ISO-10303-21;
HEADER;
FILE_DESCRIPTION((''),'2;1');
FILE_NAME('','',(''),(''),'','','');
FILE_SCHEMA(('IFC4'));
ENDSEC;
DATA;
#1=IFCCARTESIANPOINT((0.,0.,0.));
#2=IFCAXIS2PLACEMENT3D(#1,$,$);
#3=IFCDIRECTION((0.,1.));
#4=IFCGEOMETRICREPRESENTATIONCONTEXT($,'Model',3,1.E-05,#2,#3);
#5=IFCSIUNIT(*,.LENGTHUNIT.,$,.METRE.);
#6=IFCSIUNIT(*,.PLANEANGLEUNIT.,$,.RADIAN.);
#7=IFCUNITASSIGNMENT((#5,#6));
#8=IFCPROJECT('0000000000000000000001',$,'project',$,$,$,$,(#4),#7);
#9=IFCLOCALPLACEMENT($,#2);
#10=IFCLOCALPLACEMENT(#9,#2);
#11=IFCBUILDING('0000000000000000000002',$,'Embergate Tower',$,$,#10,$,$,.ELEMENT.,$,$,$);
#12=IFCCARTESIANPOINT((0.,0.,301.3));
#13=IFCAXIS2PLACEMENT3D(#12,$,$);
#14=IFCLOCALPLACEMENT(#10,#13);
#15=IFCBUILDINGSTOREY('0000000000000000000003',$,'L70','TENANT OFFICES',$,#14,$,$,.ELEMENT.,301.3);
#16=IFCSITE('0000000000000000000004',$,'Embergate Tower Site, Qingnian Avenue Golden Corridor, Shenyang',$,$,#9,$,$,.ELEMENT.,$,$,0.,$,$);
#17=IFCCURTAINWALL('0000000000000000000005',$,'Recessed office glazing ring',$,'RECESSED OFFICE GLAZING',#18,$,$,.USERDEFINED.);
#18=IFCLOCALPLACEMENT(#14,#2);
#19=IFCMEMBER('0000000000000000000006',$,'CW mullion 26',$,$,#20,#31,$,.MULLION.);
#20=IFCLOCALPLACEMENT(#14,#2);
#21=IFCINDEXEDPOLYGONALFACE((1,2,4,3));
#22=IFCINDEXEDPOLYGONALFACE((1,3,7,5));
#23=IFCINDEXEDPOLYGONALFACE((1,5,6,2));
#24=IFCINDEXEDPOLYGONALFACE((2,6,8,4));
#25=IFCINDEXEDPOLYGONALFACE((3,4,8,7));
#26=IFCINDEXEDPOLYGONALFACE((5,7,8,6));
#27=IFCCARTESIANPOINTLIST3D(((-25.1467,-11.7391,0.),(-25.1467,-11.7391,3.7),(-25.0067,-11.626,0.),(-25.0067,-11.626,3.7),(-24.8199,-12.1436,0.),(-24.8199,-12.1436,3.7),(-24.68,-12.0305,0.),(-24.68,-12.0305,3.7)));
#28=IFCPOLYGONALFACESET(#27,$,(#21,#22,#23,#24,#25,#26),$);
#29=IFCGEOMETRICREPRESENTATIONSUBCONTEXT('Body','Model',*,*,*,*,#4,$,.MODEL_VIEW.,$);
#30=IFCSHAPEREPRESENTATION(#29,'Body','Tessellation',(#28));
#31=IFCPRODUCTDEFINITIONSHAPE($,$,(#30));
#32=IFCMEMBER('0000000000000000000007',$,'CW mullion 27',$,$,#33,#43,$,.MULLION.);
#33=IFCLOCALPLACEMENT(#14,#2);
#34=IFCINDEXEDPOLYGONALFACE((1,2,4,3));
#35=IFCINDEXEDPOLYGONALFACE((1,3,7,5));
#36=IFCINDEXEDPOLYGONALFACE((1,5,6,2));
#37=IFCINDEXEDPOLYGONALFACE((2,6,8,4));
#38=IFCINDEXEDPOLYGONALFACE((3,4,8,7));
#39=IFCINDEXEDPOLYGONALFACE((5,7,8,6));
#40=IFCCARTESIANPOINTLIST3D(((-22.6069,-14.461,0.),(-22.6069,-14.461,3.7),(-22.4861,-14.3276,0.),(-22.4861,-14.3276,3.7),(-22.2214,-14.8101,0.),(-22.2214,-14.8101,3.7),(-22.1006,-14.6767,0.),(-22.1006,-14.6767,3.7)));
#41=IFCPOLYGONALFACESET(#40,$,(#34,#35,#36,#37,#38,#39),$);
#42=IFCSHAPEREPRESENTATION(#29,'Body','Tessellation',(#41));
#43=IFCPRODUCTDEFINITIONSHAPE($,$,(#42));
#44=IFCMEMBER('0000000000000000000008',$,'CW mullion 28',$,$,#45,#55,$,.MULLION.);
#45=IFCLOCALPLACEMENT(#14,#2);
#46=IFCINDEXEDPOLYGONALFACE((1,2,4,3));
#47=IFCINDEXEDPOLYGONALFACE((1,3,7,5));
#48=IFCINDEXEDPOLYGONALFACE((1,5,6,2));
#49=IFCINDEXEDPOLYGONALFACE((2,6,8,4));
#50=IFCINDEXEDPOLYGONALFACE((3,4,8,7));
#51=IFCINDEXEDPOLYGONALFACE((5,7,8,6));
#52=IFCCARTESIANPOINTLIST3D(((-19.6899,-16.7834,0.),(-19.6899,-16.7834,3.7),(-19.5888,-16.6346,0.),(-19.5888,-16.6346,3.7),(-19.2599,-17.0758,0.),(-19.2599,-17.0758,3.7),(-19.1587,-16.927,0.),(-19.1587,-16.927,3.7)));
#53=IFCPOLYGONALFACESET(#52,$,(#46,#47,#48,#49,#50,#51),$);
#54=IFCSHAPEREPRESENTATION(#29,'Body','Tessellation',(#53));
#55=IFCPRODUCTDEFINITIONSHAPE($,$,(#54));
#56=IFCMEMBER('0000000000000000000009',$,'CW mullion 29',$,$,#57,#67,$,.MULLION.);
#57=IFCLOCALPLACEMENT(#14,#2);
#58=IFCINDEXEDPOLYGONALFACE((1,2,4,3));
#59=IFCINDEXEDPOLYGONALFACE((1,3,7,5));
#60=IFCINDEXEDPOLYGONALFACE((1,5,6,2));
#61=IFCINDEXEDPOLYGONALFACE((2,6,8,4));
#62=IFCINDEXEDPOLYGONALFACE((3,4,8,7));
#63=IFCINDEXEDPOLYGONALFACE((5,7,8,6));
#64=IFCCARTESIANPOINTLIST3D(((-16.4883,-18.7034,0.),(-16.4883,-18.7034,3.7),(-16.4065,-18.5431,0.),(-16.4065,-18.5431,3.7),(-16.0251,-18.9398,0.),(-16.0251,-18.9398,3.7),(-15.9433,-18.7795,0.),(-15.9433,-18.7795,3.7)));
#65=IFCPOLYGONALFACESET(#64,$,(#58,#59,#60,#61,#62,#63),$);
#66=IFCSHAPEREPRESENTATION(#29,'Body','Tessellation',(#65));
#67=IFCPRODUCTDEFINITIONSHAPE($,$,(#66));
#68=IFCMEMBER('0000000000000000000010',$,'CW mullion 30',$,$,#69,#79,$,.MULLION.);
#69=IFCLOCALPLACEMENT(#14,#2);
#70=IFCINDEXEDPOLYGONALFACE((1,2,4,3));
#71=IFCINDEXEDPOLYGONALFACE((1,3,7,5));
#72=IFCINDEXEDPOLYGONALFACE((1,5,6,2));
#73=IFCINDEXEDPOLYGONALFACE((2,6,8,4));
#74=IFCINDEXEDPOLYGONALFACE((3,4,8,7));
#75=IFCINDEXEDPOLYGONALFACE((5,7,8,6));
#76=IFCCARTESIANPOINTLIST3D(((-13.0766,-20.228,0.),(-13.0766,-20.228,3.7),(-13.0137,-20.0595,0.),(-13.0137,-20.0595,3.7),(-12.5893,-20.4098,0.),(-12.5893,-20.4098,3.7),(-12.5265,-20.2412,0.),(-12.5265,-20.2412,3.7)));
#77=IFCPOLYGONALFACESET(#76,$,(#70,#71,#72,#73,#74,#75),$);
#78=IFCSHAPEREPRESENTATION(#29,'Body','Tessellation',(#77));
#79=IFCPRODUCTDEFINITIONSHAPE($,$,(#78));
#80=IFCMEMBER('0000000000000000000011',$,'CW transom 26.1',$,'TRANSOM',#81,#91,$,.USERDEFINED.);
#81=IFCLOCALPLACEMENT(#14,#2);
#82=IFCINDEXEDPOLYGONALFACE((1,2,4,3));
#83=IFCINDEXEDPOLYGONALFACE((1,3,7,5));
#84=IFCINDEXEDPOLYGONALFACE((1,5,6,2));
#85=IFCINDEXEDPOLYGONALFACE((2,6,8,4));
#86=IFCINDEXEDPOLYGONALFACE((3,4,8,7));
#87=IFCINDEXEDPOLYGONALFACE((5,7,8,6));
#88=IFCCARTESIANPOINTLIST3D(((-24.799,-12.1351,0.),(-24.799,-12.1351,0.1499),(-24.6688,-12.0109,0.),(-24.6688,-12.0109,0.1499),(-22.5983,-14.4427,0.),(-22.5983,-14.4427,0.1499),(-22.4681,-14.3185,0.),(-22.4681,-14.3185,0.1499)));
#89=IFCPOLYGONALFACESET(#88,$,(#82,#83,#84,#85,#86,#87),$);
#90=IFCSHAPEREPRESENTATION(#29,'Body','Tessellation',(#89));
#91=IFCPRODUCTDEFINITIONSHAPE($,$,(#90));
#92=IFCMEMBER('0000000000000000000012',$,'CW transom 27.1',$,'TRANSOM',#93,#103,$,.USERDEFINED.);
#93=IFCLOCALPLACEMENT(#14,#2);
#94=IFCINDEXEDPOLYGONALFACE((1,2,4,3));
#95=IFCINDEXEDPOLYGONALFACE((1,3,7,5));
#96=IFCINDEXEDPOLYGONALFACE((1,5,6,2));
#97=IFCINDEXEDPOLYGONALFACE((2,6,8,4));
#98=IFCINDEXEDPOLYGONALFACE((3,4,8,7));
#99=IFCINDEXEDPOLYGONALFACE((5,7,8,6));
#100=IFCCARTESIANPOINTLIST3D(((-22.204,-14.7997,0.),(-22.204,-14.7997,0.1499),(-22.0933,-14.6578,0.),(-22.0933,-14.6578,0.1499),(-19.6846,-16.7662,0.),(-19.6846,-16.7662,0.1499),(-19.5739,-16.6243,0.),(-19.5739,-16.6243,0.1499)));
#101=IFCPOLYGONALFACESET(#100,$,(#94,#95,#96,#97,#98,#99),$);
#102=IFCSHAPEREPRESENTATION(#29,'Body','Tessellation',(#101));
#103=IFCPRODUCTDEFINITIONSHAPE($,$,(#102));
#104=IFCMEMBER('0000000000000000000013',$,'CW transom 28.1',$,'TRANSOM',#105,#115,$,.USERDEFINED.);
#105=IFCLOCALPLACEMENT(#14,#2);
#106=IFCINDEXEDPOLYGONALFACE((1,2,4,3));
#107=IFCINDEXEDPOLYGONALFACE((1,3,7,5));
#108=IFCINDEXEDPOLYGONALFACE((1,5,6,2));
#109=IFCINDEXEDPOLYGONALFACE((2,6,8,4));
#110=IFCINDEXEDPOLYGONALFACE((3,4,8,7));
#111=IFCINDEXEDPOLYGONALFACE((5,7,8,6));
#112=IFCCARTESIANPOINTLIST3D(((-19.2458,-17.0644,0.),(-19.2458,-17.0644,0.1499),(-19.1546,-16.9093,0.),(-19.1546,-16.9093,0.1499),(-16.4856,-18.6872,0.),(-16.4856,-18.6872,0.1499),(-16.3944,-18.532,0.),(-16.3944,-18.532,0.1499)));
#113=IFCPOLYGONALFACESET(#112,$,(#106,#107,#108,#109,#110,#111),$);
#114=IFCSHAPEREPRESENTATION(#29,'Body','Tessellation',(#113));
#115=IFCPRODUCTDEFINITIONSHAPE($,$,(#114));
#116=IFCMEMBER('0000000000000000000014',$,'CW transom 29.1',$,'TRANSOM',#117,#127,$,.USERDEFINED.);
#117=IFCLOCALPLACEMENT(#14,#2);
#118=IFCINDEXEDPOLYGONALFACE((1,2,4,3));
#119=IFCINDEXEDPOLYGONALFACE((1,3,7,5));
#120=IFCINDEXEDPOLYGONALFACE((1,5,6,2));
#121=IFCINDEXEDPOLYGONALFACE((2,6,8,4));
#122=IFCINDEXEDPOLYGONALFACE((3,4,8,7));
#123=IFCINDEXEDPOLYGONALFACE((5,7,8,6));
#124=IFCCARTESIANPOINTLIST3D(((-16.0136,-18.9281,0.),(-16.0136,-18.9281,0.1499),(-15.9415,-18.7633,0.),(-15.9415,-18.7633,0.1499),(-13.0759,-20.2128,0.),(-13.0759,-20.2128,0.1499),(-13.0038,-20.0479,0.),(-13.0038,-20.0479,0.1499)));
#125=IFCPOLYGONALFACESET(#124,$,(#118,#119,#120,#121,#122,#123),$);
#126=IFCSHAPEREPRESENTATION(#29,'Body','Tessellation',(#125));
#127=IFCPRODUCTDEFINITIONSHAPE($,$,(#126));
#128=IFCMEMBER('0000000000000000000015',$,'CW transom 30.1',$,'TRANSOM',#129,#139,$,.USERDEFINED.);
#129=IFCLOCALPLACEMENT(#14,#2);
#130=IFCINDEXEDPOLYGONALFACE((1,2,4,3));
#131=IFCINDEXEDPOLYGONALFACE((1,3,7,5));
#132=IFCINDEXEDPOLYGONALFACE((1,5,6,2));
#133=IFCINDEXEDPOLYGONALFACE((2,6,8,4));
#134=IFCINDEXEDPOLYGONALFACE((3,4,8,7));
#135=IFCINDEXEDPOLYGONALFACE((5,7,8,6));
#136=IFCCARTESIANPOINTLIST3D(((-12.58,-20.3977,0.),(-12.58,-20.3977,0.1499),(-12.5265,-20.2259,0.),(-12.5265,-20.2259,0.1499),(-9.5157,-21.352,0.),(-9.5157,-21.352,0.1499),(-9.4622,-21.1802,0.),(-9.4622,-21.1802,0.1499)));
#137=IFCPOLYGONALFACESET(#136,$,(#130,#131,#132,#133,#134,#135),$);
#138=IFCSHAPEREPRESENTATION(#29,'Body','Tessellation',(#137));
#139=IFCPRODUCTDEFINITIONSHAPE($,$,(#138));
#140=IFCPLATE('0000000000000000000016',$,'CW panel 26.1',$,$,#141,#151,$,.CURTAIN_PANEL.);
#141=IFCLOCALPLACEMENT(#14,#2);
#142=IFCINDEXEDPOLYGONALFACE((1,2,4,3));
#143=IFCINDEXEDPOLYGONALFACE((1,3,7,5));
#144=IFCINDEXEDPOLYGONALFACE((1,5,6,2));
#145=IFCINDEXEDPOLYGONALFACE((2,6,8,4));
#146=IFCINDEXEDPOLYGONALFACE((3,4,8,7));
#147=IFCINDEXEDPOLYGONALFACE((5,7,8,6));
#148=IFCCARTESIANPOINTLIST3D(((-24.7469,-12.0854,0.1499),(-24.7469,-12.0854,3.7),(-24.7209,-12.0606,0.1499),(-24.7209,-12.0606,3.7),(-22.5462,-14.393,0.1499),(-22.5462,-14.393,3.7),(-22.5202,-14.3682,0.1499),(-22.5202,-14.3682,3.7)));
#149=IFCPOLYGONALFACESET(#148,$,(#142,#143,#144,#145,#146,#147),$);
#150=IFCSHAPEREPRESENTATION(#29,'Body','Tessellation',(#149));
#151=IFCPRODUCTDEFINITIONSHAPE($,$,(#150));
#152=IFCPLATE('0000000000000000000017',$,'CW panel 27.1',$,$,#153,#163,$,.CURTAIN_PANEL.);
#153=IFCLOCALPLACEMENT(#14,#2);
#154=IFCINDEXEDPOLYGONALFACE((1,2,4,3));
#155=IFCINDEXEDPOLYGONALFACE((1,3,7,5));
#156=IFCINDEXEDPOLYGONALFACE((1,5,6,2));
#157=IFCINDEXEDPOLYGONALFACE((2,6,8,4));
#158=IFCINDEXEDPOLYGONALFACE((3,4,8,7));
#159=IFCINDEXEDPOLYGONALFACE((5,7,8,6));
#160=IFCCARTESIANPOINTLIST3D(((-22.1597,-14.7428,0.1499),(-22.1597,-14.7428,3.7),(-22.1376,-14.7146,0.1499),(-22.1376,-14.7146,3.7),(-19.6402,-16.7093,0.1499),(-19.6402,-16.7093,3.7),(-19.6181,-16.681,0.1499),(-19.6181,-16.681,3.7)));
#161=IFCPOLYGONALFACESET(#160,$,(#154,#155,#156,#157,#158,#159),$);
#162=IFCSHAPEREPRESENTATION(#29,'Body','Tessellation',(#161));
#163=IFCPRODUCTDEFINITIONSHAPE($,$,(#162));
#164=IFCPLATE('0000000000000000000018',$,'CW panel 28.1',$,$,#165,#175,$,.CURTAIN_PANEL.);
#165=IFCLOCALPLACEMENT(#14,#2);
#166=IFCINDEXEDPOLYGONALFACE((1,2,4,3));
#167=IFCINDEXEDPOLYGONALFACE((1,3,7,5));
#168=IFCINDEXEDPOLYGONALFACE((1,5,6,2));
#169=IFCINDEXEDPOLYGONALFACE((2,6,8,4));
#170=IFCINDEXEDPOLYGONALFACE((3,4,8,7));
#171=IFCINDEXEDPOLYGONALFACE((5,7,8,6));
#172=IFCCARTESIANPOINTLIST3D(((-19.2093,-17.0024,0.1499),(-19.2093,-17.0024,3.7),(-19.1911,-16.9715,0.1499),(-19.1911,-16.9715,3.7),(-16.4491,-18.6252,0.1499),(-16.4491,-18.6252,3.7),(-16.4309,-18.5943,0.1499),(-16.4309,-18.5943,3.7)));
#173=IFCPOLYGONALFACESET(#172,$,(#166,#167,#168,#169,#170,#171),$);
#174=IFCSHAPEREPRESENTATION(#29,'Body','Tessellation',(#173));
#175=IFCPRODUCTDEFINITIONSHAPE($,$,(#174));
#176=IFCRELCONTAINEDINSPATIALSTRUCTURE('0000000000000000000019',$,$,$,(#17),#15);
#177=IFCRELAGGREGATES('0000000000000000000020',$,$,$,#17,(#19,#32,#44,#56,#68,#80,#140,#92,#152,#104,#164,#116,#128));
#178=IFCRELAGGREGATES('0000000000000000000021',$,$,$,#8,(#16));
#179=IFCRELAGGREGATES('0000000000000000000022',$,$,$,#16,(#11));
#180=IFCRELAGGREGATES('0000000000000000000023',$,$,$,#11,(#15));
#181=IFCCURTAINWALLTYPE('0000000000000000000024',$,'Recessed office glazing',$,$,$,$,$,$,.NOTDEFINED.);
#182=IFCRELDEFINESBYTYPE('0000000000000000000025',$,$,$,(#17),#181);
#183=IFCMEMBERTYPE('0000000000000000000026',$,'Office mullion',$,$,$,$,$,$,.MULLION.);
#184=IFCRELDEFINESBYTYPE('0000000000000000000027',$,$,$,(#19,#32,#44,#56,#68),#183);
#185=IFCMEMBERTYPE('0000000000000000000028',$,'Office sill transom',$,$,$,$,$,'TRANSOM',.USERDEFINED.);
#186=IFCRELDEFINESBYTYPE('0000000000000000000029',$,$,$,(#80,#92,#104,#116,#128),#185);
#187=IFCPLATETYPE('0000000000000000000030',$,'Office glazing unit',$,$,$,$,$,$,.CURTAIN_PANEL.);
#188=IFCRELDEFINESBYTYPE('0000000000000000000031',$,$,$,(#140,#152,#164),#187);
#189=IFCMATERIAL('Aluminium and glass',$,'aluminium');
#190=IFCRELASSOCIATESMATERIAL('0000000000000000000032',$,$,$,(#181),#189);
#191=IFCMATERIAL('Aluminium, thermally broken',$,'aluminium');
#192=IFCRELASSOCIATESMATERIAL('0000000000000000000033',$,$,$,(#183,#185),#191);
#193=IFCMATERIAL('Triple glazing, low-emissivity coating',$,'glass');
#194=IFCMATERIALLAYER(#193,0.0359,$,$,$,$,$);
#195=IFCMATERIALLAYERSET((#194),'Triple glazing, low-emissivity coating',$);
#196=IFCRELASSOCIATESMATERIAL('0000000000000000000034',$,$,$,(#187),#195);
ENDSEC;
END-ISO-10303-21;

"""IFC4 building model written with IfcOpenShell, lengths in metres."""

from ifc_helpers import new_model, si_unit, direction, frame, origin, origin_2d, place, context, subcontext, project, spatial, rectangle, extrude, source, transform, mapped, material, layer, layer_set, material_profile, profile_set, type_object, element, aggregate, save


model = new_model("IFC4")

# Units and contexts
model_context = context("Model", 3, precision=1e-05, world=origin(), true_north=direction((0.0, 1.0)))
body_context = subcontext(model_context, "Body", "Model", "MODEL_VIEW")
ifc_project = project(units=[si_unit("LENGTHUNIT", "METRE"), si_unit("PLANEANGLEUNIT", "RADIAN")], contexts=[model_context])

# Site, building, storey
site_placement = place(None, origin())
site = spatial("IfcSite", under=ifc_project, at=site_placement, Name="Embergate Tower Site, Qingnian Avenue Golden Corridor, Shenyang", CompositionType="ELEMENT", RefElevation=0.0)
building_placement = place(site_placement, origin())
building = spatial("IfcBuilding", under=site, at=building_placement, Name="Embergate Tower", CompositionType="ELEMENT")
storey_placement = place(building_placement, frame((0.0, 0.0, 301.3)))
storey = spatial("IfcBuildingStorey", under=building, at=storey_placement, Name="L70", Description="TENANT OFFICES", CompositionType="ELEMENT", Elevation=301.3)

# Curtain wall, members, plates
ifc_material_1 = material(Name="Aluminium and glass", Category="aluminium")
curtain_wall_type = type_object("IfcCurtainWallType", Name="Recessed office glazing", PredefinedType="NOTDEFINED", material=ifc_material_1)
curtain_wall_placement = place(storey_placement, origin())
curtain_wall = element("IfcCurtainWall", 1, at=curtain_wall_placement, inside=storey, type_object=curtain_wall_type, Name="Recessed office glazing ring", ObjectType="RECESSED OFFICE GLAZING", PredefinedType="USERDEFINED")
ifc_material_2 = material(Name="Aluminium, thermally broken", Category="aluminium")
ifc_material_profile_1 = material_profile(ifc_material_2, rectangle(XDim=0.1799, YDim=0.52, at=origin_2d()), Name="AL 520x180")
ifc_profile_set_1 = profile_set([ifc_material_profile_1], Name="Aluminium, thermally broken")
member_type_1 = type_object("IfcMemberType", Name="Office mullion", PredefinedType="MULLION", material=ifc_profile_set_1)
shared_shape_1 = source(origin(), body_context, "Body", "SweptSolid", [
    extrude(rectangle(XDim=0.1799, YDim=0.52, at=origin_2d()), origin(), (0.0, 0.0, 1.0), 3.7),
])
member_1_placement = place(storey_placement, frame((-24.9133, -11.8848, 0.0), z_axis=(0.0, 0.0, 1.0), x_axis=(0.777864, 0.628433, 0.0)))
member_1 = element("IfcMember", 2, at=member_1_placement, type_object=member_type_1, Name="CW mullion 26", PredefinedType="MULLION", context=body_context, shape_type="MappedRepresentation", body=[
    mapped(shared_shape_1, transform((0.0, 0.0, 0.0))),
])
member_2_placement = place(storey_placement, frame((-22.3538, -14.5688, 0.0), z_axis=(0.0, 0.0, 1.0), x_axis=(0.67122, 0.741258, 0.0)))
member_2 = element("IfcMember", 3, at=member_2_placement, type_object=member_type_1, Name="CW mullion 27", PredefinedType="MULLION", context=body_context, shape_type="MappedRepresentation", body=[
    mapped(shared_shape_1, transform((0.0, 0.0, 0.0))),
])
member_3_placement = place(storey_placement, frame((-19.4243, -16.8552, 0.0), z_axis=(0.0, 0.0, 1.0), x_axis=(0.562213, 0.826992, 0.0)))
member_3 = element("IfcMember", 4, at=member_3_placement, type_object=member_type_1, Name="CW mullion 28", PredefinedType="MULLION", context=body_context, shape_type="MappedRepresentation", body=[
    mapped(shared_shape_1, transform((0.0, 0.0, 0.0))),
])
member_4_placement = place(storey_placement, frame((-16.2158, -18.7415, 0.0), z_axis=(0.0, 0.0, 1.0), x_axis=(0.454508, 0.890743, 0.0)))
member_4 = element("IfcMember", 5, at=member_4_placement, type_object=member_type_1, Name="CW mullion 29", PredefinedType="MULLION", context=body_context, shape_type="MappedRepresentation", body=[
    mapped(shared_shape_1, transform((0.0, 0.0, 0.0))),
])
member_5_placement = place(storey_placement, frame((-12.8015, -20.2346, 0.0), z_axis=(0.0, 0.0, 1.0), x_axis=(0.349501, 0.936936, 0.0)))
member_5 = element("IfcMember", 6, at=member_5_placement, type_object=member_type_1, Name="CW mullion 30", PredefinedType="MULLION", context=body_context, shape_type="MappedRepresentation", body=[
    mapped(shared_shape_1, transform((0.0, 0.0, 0.0))),
])
ifc_material_profile_2 = material_profile(ifc_material_2, rectangle(XDim=0.1799, YDim=0.1499, at=origin_2d()), Name="AL 150x180")
ifc_profile_set_2 = profile_set([ifc_material_profile_2], Name="Aluminium, thermally broken")
member_type_2 = type_object("IfcMemberType", Name="Office sill transom", ElementType="TRANSOM", PredefinedType="USERDEFINED", material=ifc_profile_set_2)
shared_shape_2 = source(origin(), body_context, "Body", "SweptSolid", [
    extrude(rectangle(XDim=0.1799, YDim=0.1499, at=origin_2d()), origin(), (0.0, 0.0, 1.0), 3.1887),
])
member_6_placement = place(storey_placement, frame((-24.7339, -12.073, 0.075), z_axis=(0.690141, -0.723675, 0.0), x_axis=(0.723675, 0.690141, 0.0)))
member_6 = element("IfcMember", 7, at=member_6_placement, type_object=member_type_2, Name="CW transom 26.1", ObjectType="TRANSOM", PredefinedType="USERDEFINED", context=body_context, shape_type="MappedRepresentation", body=[
    mapped(shared_shape_2, transform((0.0, 0.0, 0.0))),
])
shared_shape_3 = source(origin(), body_context, "Body", "SweptSolid", [
    extrude(rectangle(XDim=0.1799, YDim=0.1499, at=origin_2d()), origin(), (0.0, 0.0, 1.0), 3.196),
])
member_7_placement = place(storey_placement, frame((-22.1487, -14.7288, 0.075), z_axis=(0.788302, -0.615288, 0.0), x_axis=(0.615288, 0.788302, 0.0)))
member_7 = element("IfcMember", 8, at=member_7_placement, type_object=member_type_2, Name="CW transom 27.1", ObjectType="TRANSOM", PredefinedType="USERDEFINED", context=body_context, shape_type="MappedRepresentation", body=[
    mapped(shared_shape_3, transform((0.0, 0.0, 0.0))),
])
shared_shape_4 = source(origin(), body_context, "Body", "SweptSolid", [
    extrude(rectangle(XDim=0.1799, YDim=0.1499, at=origin_2d()), origin(), (0.0, 0.0, 1.0), 3.2019),
])
member_8_placement = place(storey_placement, frame((-19.2002, -16.9868, 0.075), z_axis=(0.862054, -0.506817, 0.0), x_axis=(0.506817, 0.862054, 0.0)))
member_8 = element("IfcMember", 9, at=member_8_placement, type_object=member_type_2, Name="CW transom 28.1", ObjectType="TRANSOM", PredefinedType="USERDEFINED", context=body_context, shape_type="MappedRepresentation", body=[
    mapped(shared_shape_4, transform((0.0, 0.0, 0.0))),
])
shared_shape_5 = source(origin(), body_context, "Body", "SweptSolid", [
    extrude(rectangle(XDim=0.1799, YDim=0.1499, at=origin_2d()), origin(), (0.0, 0.0, 1.0), 3.2063),
])
member_9_placement = place(storey_placement, frame((-15.9775, -18.8457, 0.075), z_axis=(0.916225, -0.400663, 0.0), x_axis=(0.400663, 0.916225, 0.0)))
member_9 = element("IfcMember", 10, at=member_9_placement, type_object=member_type_2, Name="CW transom 29.1", ObjectType="TRANSOM", PredefinedType="USERDEFINED", context=body_context, shape_type="MappedRepresentation", body=[
    mapped(shared_shape_5, transform((0.0, 0.0, 0.0))),
])
shared_shape_6 = source(origin(), body_context, "Body", "SweptSolid", [
    extrude(rectangle(XDim=0.1799, YDim=0.1499, at=origin_2d()), origin(), (0.0, 0.0, 1.0), 3.2095),
])
member_10_placement = place(storey_placement, frame((-12.5532, -20.3118, 0.075), z_axis=(0.954765, -0.297361, 0.0), x_axis=(0.297361, 0.954765, 0.0)))
member_10 = element("IfcMember", 11, at=member_10_placement, type_object=member_type_2, Name="CW transom 30.1", ObjectType="TRANSOM", PredefinedType="USERDEFINED", context=body_context, shape_type="MappedRepresentation", body=[
    mapped(shared_shape_6, transform((0.0, 0.0, 0.0))),
])
ifc_material_3 = material(Name="Triple glazing, low-emissivity coating", Category="glass")
ifc_layer = layer(ifc_material_3, 0.0359)
ifc_layer_set = layer_set([ifc_layer], Name="Triple glazing, low-emissivity coating")
plate_type = type_object("IfcPlateType", Name="Office glazing unit", PredefinedType="CURTAIN_PANEL", material=ifc_layer_set)
shared_shape_7 = source(origin(), body_context, "Body", "SweptSolid", [
    extrude(rectangle(XDim=3.1887, YDim=0.0359, at=origin_2d()), origin(), (0.0, 0.0, 1.0), 3.55),
])
plate_1_placement = place(storey_placement, frame((-23.6335, -13.2268, 0.1499), z_axis=(0.0, 0.0, 1.0), x_axis=(0.690133, -0.723683, 0.0)))
plate_1 = element("IfcPlate", 12, at=plate_1_placement, type_object=plate_type, Name="CW panel 26.1", PredefinedType="CURTAIN_PANEL", context=body_context, shape_type="MappedRepresentation", body=[
    mapped(shared_shape_7, transform((0.0, 0.0, 0.0))),
])
shared_shape_8 = source(origin(), body_context, "Body", "SweptSolid", [
    extrude(rectangle(XDim=3.196, YDim=0.0359, at=origin_2d()), origin(), (0.0, 0.0, 1.0), 3.55),
])
plate_2_placement = place(storey_placement, frame((-20.8889, -15.7119, 0.1499), z_axis=(0.0, 0.0, 1.0), x_axis=(0.788318, -0.615268, 0.0)))
plate_2 = element("IfcPlate", 13, at=plate_2_placement, type_object=plate_type, Name="CW panel 27.1", PredefinedType="CURTAIN_PANEL", context=body_context, shape_type="MappedRepresentation", body=[
    mapped(shared_shape_8, transform((0.0, 0.0, 0.0))),
])
shared_shape_9 = source(origin(), body_context, "Body", "SweptSolid", [
    extrude(rectangle(XDim=3.2019, YDim=0.0359, at=origin_2d()), origin(), (0.0, 0.0, 1.0), 3.55),
])
plate_3_placement = place(storey_placement, frame((-17.8201, -17.7983, 0.1499), z_axis=(0.0, 0.0, 1.0), x_axis=(0.862051, -0.506822, 0.0)))
plate_3 = element("IfcPlate", 14, at=plate_3_placement, type_object=plate_type, Name="CW panel 28.1", PredefinedType="CURTAIN_PANEL", context=body_context, shape_type="MappedRepresentation", body=[
    mapped(shared_shape_9, transform((0.0, 0.0, 0.0))),
])
aggregate(curtain_wall, [member_1, member_2, member_3, member_4, member_5, member_6, plate_1, member_7, plate_2, member_8, plate_3, member_9, member_10])

save(model, "model.ifc")
